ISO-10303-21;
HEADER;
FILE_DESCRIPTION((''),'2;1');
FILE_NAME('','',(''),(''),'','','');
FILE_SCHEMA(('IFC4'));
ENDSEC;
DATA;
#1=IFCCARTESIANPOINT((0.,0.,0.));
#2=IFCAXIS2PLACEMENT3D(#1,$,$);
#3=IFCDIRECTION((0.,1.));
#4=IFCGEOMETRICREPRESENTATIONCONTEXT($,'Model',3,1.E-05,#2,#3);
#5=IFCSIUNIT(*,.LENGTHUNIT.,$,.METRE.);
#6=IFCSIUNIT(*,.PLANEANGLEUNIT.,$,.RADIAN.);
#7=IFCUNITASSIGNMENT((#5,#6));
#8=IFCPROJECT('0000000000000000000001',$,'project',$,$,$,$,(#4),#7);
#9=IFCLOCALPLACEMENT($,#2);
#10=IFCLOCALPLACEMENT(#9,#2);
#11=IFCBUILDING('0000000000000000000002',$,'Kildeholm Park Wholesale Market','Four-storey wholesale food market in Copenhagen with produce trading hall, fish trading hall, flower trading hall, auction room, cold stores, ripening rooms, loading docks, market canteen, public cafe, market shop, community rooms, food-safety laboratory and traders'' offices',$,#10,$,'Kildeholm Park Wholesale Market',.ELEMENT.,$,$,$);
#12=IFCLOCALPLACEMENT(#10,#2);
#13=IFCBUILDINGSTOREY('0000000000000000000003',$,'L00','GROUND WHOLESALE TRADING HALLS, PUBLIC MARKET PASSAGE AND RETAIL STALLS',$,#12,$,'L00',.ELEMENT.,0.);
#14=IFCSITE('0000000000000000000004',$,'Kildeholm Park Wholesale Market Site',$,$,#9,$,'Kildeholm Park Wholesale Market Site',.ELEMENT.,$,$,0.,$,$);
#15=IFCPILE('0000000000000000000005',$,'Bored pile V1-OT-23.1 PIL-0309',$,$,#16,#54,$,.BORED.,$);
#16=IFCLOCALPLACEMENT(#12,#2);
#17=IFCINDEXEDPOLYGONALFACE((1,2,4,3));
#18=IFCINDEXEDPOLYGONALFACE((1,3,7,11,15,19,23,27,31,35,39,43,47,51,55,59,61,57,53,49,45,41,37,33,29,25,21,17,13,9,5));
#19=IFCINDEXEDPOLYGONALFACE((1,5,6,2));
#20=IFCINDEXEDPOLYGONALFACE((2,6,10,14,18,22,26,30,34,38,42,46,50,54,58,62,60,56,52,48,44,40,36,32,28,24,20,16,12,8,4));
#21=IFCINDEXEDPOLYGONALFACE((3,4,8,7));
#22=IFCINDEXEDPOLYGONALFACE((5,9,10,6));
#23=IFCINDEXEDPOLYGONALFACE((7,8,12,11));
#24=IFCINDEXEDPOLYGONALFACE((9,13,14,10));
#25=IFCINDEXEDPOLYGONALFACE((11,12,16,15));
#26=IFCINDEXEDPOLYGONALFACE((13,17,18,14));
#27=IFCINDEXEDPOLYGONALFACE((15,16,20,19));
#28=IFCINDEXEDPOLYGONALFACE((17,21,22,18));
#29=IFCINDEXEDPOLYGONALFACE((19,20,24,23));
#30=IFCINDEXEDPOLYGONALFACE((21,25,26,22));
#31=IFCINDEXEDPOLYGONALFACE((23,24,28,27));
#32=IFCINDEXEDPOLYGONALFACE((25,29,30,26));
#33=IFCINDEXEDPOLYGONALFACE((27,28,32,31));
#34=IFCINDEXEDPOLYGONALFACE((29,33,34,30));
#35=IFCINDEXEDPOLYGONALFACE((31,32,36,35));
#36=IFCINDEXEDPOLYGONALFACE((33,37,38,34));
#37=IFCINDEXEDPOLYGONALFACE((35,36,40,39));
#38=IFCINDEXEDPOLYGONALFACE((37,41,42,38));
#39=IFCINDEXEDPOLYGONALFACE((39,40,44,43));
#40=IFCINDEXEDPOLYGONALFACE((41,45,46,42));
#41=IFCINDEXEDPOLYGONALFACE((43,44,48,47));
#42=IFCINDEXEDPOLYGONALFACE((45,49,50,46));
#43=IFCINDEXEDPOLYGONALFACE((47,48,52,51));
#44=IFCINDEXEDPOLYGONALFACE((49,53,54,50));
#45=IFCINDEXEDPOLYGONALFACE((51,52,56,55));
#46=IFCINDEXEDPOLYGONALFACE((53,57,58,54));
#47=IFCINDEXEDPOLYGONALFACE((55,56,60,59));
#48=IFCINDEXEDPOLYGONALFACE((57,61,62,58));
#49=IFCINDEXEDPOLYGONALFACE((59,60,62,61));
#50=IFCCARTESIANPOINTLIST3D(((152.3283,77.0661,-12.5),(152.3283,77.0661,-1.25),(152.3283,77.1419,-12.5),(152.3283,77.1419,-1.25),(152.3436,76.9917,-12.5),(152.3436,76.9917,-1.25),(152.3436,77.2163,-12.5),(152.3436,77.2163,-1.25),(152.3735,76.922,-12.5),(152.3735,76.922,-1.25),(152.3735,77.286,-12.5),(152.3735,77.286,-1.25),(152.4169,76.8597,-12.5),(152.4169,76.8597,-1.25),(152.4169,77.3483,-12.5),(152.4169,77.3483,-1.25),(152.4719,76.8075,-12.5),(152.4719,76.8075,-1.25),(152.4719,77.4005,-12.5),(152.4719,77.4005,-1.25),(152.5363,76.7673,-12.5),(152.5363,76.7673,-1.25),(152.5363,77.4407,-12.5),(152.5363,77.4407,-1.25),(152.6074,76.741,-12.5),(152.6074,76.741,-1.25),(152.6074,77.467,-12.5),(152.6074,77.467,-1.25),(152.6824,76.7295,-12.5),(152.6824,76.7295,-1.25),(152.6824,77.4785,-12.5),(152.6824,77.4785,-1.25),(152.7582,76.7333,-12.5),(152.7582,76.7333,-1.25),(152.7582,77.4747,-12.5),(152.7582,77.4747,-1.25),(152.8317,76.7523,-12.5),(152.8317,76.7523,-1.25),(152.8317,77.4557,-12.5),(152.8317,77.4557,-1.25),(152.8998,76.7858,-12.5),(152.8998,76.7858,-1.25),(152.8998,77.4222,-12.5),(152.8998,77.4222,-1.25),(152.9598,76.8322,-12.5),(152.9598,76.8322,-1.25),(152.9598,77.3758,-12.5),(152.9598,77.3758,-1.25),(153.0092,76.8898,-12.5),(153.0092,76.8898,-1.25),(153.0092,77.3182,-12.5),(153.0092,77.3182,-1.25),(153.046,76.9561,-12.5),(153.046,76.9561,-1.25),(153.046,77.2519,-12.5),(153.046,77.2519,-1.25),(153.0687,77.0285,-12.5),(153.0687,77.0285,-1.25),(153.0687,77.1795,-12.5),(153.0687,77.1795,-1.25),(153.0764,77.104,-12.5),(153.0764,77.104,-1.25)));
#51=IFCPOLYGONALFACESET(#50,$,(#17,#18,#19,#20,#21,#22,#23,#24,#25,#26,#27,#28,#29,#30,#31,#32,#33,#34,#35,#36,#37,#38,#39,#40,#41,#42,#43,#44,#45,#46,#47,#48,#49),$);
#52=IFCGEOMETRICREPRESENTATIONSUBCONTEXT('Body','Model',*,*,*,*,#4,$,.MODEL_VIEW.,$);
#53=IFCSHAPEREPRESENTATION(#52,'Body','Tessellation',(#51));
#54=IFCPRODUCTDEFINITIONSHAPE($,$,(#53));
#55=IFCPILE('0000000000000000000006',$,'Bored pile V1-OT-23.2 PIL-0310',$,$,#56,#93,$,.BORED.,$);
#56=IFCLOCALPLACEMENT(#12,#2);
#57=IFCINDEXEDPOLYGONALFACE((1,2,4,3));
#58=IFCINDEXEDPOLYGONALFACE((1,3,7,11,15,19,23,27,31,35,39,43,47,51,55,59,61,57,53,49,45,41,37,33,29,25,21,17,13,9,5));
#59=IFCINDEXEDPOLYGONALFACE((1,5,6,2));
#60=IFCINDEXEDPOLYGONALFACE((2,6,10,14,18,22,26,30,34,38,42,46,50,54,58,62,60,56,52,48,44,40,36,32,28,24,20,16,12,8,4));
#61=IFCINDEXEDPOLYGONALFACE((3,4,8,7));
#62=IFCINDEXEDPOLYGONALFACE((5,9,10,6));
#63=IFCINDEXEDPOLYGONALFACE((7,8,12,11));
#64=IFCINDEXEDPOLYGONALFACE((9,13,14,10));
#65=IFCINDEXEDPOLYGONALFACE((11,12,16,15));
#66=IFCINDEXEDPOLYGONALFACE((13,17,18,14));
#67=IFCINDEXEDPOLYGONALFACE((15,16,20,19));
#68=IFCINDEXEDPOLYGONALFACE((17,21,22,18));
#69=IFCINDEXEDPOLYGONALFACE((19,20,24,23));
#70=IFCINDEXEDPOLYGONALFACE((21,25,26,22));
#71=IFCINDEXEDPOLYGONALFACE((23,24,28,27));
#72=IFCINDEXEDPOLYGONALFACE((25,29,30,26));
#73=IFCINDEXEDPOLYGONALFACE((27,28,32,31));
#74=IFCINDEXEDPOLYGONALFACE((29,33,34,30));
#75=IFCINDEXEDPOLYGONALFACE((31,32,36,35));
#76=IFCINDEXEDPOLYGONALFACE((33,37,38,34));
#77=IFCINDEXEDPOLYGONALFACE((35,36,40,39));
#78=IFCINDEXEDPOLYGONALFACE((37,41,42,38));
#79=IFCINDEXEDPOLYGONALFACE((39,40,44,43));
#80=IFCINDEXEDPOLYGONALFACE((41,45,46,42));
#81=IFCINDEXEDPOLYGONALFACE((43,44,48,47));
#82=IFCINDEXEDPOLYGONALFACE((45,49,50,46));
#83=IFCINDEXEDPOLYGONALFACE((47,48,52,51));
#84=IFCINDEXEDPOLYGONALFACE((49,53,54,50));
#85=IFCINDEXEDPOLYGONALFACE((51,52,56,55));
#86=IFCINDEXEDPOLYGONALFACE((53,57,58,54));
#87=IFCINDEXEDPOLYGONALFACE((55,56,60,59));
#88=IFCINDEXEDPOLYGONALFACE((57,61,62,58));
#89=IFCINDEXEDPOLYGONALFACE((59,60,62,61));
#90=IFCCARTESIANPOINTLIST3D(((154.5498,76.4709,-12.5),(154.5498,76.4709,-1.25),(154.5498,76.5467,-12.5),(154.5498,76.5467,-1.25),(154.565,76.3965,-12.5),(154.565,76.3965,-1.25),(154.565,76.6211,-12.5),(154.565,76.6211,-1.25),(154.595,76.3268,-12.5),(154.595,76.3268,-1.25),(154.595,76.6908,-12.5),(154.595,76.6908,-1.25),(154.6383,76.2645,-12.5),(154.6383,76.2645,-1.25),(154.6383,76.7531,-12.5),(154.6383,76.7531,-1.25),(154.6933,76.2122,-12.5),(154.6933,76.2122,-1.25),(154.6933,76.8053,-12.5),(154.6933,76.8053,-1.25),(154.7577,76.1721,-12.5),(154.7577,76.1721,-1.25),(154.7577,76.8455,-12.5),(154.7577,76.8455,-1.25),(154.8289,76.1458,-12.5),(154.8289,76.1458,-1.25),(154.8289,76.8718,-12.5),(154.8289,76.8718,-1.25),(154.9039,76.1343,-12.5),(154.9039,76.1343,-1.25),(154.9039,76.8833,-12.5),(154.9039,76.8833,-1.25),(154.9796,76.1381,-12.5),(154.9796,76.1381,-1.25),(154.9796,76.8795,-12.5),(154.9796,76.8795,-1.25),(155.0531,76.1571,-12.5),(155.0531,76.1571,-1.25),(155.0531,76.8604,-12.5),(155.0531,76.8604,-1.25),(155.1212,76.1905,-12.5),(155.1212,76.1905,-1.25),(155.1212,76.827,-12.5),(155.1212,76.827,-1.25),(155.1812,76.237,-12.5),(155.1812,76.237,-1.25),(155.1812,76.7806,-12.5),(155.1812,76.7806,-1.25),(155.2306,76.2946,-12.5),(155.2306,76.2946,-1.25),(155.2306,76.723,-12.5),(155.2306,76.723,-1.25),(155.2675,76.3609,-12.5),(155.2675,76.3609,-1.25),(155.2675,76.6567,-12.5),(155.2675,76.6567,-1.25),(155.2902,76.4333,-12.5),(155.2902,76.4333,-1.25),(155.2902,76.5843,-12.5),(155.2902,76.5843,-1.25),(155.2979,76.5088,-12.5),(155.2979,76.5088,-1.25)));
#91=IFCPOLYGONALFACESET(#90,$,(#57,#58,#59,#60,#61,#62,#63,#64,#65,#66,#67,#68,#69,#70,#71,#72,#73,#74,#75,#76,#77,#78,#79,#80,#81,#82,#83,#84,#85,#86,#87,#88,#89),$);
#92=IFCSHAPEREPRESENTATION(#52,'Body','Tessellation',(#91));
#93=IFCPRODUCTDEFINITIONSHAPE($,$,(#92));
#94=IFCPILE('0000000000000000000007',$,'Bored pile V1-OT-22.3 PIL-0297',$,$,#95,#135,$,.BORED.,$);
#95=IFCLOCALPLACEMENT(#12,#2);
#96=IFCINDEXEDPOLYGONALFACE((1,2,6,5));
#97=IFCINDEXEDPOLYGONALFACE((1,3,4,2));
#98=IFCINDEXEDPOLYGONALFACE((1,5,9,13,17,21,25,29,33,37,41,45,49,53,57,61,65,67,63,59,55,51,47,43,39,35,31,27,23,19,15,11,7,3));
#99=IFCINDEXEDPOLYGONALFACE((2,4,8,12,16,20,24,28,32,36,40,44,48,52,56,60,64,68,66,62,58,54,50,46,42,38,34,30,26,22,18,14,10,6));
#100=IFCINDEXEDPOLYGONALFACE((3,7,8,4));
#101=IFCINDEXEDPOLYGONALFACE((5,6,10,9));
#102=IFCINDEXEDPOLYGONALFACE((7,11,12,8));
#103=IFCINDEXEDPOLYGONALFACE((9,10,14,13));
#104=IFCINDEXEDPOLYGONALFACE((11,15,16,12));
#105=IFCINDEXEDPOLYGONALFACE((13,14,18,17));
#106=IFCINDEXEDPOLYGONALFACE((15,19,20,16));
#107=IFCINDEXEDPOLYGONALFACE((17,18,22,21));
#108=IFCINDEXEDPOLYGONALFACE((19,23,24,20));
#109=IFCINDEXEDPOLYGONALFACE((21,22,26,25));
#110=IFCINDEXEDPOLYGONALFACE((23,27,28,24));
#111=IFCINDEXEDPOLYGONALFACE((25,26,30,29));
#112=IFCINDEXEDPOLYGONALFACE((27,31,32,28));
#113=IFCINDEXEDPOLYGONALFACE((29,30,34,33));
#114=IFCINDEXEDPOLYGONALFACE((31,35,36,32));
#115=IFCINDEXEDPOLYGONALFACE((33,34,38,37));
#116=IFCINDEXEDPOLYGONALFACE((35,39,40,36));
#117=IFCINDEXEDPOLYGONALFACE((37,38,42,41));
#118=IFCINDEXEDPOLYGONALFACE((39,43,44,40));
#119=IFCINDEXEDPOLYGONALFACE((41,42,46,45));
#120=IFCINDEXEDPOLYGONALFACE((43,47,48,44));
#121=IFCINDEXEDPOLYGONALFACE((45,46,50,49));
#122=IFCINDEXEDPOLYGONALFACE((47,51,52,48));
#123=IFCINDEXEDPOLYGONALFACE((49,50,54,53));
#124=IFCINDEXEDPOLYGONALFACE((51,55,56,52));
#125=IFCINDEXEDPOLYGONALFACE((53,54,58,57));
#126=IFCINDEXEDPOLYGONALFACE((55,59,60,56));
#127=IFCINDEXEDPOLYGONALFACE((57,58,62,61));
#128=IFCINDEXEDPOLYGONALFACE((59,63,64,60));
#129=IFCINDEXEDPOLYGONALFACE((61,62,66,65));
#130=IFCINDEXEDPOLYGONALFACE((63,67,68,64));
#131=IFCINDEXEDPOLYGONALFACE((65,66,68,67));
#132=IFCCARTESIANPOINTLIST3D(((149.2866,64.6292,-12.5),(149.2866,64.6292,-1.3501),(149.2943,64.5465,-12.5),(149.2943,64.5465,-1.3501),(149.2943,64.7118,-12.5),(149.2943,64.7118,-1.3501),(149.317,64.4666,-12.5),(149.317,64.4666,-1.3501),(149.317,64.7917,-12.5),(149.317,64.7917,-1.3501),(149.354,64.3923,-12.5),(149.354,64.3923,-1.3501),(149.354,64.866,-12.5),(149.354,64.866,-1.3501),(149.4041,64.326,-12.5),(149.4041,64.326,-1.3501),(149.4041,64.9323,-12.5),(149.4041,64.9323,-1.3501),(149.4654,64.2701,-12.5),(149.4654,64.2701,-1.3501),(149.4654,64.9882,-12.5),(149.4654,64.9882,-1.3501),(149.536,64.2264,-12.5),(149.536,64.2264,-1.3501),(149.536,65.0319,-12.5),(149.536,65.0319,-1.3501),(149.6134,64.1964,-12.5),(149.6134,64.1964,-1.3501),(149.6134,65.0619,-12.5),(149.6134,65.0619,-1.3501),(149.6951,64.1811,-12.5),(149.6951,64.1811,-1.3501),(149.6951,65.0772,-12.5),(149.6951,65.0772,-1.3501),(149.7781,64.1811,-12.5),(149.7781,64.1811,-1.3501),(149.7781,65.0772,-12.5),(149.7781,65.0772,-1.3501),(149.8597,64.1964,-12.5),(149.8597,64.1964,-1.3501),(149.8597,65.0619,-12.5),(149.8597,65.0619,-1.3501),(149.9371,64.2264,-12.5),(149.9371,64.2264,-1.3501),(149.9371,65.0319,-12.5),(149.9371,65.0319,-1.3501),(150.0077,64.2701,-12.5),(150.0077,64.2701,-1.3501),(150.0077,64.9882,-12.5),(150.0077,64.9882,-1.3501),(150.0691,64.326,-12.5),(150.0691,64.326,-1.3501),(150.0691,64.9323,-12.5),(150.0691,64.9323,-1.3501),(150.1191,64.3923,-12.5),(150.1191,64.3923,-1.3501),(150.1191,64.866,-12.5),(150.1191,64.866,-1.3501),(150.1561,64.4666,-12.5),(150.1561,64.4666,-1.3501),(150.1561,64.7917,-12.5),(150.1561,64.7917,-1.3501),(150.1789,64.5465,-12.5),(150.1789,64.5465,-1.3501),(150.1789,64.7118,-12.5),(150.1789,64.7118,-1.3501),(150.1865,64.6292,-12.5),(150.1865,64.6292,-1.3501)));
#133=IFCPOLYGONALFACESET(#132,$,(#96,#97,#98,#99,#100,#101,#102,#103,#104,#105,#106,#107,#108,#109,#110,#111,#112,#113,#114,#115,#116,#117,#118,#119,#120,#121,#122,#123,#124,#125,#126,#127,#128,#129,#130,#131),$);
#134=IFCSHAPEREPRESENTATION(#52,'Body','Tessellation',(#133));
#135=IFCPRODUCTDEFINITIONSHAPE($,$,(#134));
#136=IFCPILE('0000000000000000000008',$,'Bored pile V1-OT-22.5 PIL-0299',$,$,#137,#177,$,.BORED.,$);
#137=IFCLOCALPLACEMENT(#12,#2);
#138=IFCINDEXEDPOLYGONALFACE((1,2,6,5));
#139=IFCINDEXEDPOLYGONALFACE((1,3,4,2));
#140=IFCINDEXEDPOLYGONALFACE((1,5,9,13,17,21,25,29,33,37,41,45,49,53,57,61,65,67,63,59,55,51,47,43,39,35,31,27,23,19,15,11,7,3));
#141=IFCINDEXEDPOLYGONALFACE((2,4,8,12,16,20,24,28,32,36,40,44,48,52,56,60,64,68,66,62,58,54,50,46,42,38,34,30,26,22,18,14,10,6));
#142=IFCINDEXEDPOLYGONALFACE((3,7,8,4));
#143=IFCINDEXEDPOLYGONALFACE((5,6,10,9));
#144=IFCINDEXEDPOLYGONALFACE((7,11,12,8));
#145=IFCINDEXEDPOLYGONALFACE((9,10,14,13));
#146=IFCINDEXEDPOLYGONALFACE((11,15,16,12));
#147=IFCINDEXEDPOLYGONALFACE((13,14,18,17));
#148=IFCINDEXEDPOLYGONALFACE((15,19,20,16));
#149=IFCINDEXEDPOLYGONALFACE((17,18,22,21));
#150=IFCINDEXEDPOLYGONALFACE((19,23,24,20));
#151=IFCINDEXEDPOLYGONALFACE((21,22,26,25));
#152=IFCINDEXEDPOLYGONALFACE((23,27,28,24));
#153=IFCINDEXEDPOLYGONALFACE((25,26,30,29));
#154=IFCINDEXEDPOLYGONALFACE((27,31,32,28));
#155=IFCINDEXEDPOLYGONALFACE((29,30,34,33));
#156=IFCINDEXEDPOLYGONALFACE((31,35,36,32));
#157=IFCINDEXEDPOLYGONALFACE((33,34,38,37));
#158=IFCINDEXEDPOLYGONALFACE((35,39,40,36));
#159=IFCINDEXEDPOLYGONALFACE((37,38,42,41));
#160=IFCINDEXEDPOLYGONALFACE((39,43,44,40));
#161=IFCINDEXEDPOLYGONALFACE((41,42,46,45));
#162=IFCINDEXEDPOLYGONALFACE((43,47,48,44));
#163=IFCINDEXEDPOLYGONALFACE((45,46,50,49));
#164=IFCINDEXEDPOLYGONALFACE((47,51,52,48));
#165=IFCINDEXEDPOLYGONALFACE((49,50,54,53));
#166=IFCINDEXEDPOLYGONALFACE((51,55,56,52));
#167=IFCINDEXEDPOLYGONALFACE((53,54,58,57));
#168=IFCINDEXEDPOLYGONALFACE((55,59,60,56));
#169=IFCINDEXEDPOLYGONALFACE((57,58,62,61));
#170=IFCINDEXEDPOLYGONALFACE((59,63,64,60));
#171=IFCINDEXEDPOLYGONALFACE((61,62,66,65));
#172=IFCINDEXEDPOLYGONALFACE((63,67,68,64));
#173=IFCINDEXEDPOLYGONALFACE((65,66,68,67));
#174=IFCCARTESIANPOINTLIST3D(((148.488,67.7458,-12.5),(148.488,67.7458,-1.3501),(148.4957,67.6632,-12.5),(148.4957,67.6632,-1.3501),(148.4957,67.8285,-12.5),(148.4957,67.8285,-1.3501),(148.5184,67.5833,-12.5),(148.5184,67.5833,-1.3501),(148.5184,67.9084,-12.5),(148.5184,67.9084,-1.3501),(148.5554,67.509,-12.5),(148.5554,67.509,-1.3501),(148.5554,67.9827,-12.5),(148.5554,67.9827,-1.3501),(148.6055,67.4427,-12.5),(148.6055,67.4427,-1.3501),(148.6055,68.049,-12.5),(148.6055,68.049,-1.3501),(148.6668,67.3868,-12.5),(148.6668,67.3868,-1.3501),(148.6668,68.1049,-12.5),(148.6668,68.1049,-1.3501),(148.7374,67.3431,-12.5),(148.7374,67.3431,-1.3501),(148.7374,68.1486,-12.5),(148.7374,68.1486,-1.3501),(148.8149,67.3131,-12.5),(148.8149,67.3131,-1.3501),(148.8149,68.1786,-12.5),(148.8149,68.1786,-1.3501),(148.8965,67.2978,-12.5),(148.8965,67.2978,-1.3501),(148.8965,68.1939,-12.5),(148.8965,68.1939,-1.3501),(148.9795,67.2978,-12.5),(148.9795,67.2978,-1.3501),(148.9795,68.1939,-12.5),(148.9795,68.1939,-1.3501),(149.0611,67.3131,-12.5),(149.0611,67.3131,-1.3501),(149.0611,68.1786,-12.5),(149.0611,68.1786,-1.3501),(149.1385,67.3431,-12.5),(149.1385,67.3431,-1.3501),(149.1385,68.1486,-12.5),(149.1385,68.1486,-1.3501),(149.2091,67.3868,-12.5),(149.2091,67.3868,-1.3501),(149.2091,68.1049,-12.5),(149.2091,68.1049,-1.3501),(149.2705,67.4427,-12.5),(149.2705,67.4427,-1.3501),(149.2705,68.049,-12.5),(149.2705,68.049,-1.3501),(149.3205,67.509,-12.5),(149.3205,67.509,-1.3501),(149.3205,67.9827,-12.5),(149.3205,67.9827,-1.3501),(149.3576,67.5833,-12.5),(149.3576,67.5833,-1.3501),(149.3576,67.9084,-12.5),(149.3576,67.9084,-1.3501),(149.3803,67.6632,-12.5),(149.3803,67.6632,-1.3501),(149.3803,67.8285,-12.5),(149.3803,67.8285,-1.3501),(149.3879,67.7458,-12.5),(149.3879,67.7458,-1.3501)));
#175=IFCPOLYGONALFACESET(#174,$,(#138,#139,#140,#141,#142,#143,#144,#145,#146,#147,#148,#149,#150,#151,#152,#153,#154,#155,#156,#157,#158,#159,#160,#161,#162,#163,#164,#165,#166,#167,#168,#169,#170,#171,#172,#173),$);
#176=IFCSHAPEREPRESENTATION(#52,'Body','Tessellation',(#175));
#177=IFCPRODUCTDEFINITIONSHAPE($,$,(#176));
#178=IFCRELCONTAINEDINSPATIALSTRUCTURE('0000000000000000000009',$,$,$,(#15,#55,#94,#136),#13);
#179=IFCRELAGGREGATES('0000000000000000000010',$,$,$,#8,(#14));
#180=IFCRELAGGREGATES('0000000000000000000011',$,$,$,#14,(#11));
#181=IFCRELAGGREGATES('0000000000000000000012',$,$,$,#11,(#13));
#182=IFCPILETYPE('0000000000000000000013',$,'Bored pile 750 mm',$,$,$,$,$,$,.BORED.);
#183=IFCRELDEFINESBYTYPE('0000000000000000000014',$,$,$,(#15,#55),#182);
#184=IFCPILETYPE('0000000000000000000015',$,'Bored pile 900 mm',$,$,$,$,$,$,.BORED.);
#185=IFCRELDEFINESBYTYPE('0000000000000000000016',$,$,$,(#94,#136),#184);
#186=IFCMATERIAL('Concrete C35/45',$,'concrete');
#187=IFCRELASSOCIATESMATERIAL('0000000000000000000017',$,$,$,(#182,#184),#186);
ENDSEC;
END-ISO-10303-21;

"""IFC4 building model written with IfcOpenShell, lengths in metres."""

from ifc_helpers import new_model, si_unit, direction, frame, origin, origin_2d, place, context, subcontext, project, spatial, circle, extrude, material, material_profile, profile_set, type_object, element, save


model = new_model("IFC4")

# Units and contexts
model_context = context("Model", 3, precision=1e-05, world=origin(), true_north=direction((0.0, 1.0)))
body_context = subcontext(model_context, "Body", "Model", "MODEL_VIEW")
ifc_project = project(units=[si_unit("LENGTHUNIT", "METRE"), si_unit("PLANEANGLEUNIT", "RADIAN")], contexts=[model_context])

# Site, building, storey
site_placement = place(None, origin())
site = spatial("IfcSite", under=ifc_project, at=site_placement, Name="Kildeholm Park Wholesale Market Site", LongName="Kildeholm Park Wholesale Market Site", CompositionType="ELEMENT", RefElevation=0.0)
building_placement = place(site_placement, origin())
building = spatial("IfcBuilding", under=site, at=building_placement, Name="Kildeholm Park Wholesale Market", Description="Four-storey wholesale food market in Copenhagen with produce trading hall, fish trading hall, flower trading hall, auction room, cold stores, ripening rooms, loading docks, market canteen, public cafe, market shop, community rooms, food-safety laboratory and traders' offices", LongName="Kildeholm Park Wholesale Market", CompositionType="ELEMENT")
storey_placement = place(building_placement, origin())
storey = spatial("IfcBuildingStorey", under=building, at=storey_placement, Name="L00", Description="GROUND WHOLESALE TRADING HALLS, PUBLIC MARKET PASSAGE AND RETAIL STALLS", LongName="L00", CompositionType="ELEMENT", Elevation=0.0)

# Piles
ifc_material_1 = material(Name="Concrete C35/45", Category="concrete")
ifc_material_profile_1 = material_profile(ifc_material_1, circle(Radius=0.375, at=origin_2d()), Name="PILE D750")
ifc_profile_set_1 = profile_set([ifc_material_profile_1], Name="Concrete C35/45")
pile_type_1 = type_object("IfcPileType", Name="Bored pile 750 mm", PredefinedType="BORED", material=ifc_profile_set_1)
for number, where, z_axis, x_axis, name in (
    (1, (152.7014, 77.104, -1.25), (0.0, 0.0, -1.0), (1.0, 0.0, 0.0), "Bored pile V1-OT-23.1 PIL-0309"),
    (2, (154.9229, 76.5088, -1.25), (0.0, 0.0, -1.0), (1.0, 0.0, 0.0), "Bored pile V1-OT-23.2 PIL-0310"),
):
    element("IfcPile", number, at=place(storey_placement, frame(where, z_axis=z_axis, x_axis=x_axis)), inside=storey, type_object=pile_type_1, Name=name, PredefinedType="BORED", context=body_context, shape_type="SweptSolid", body=[
        extrude(circle(Radius=0.375, at=origin_2d()), origin(), (0.0, 0.0, 1.0), 11.25),
    ])
ifc_material_profile_2 = material_profile(ifc_material_1, circle(Radius=0.45, at=origin_2d()), Name="PILE D900")
ifc_profile_set_2 = profile_set([ifc_material_profile_2], Name="Concrete C35/45")
pile_type_2 = type_object("IfcPileType", Name="Bored pile 900 mm", PredefinedType="BORED", material=ifc_profile_set_2)
for number, where, z_axis, x_axis, name in (
    (3, (149.7366, 64.6292, -1.3501), (0.0, 0.0, -1.0), (1.0, 0.0, 0.0), "Bored pile V1-OT-22.3 PIL-0297"),
    (4, (148.938, 67.7458, -1.3501), (0.0, 0.0, -1.0), (1.0, 0.0, 0.0), "Bored pile V1-OT-22.5 PIL-0299"),
):
    element("IfcPile", number, at=place(storey_placement, frame(where, z_axis=z_axis, x_axis=x_axis)), inside=storey, type_object=pile_type_2, Name=name, PredefinedType="BORED", context=body_context, shape_type="SweptSolid", body=[
        extrude(circle(Radius=0.45, at=origin_2d()), origin(), (0.0, 0.0, 1.0), 11.1499),
    ])

save(model, "model.ifc")
